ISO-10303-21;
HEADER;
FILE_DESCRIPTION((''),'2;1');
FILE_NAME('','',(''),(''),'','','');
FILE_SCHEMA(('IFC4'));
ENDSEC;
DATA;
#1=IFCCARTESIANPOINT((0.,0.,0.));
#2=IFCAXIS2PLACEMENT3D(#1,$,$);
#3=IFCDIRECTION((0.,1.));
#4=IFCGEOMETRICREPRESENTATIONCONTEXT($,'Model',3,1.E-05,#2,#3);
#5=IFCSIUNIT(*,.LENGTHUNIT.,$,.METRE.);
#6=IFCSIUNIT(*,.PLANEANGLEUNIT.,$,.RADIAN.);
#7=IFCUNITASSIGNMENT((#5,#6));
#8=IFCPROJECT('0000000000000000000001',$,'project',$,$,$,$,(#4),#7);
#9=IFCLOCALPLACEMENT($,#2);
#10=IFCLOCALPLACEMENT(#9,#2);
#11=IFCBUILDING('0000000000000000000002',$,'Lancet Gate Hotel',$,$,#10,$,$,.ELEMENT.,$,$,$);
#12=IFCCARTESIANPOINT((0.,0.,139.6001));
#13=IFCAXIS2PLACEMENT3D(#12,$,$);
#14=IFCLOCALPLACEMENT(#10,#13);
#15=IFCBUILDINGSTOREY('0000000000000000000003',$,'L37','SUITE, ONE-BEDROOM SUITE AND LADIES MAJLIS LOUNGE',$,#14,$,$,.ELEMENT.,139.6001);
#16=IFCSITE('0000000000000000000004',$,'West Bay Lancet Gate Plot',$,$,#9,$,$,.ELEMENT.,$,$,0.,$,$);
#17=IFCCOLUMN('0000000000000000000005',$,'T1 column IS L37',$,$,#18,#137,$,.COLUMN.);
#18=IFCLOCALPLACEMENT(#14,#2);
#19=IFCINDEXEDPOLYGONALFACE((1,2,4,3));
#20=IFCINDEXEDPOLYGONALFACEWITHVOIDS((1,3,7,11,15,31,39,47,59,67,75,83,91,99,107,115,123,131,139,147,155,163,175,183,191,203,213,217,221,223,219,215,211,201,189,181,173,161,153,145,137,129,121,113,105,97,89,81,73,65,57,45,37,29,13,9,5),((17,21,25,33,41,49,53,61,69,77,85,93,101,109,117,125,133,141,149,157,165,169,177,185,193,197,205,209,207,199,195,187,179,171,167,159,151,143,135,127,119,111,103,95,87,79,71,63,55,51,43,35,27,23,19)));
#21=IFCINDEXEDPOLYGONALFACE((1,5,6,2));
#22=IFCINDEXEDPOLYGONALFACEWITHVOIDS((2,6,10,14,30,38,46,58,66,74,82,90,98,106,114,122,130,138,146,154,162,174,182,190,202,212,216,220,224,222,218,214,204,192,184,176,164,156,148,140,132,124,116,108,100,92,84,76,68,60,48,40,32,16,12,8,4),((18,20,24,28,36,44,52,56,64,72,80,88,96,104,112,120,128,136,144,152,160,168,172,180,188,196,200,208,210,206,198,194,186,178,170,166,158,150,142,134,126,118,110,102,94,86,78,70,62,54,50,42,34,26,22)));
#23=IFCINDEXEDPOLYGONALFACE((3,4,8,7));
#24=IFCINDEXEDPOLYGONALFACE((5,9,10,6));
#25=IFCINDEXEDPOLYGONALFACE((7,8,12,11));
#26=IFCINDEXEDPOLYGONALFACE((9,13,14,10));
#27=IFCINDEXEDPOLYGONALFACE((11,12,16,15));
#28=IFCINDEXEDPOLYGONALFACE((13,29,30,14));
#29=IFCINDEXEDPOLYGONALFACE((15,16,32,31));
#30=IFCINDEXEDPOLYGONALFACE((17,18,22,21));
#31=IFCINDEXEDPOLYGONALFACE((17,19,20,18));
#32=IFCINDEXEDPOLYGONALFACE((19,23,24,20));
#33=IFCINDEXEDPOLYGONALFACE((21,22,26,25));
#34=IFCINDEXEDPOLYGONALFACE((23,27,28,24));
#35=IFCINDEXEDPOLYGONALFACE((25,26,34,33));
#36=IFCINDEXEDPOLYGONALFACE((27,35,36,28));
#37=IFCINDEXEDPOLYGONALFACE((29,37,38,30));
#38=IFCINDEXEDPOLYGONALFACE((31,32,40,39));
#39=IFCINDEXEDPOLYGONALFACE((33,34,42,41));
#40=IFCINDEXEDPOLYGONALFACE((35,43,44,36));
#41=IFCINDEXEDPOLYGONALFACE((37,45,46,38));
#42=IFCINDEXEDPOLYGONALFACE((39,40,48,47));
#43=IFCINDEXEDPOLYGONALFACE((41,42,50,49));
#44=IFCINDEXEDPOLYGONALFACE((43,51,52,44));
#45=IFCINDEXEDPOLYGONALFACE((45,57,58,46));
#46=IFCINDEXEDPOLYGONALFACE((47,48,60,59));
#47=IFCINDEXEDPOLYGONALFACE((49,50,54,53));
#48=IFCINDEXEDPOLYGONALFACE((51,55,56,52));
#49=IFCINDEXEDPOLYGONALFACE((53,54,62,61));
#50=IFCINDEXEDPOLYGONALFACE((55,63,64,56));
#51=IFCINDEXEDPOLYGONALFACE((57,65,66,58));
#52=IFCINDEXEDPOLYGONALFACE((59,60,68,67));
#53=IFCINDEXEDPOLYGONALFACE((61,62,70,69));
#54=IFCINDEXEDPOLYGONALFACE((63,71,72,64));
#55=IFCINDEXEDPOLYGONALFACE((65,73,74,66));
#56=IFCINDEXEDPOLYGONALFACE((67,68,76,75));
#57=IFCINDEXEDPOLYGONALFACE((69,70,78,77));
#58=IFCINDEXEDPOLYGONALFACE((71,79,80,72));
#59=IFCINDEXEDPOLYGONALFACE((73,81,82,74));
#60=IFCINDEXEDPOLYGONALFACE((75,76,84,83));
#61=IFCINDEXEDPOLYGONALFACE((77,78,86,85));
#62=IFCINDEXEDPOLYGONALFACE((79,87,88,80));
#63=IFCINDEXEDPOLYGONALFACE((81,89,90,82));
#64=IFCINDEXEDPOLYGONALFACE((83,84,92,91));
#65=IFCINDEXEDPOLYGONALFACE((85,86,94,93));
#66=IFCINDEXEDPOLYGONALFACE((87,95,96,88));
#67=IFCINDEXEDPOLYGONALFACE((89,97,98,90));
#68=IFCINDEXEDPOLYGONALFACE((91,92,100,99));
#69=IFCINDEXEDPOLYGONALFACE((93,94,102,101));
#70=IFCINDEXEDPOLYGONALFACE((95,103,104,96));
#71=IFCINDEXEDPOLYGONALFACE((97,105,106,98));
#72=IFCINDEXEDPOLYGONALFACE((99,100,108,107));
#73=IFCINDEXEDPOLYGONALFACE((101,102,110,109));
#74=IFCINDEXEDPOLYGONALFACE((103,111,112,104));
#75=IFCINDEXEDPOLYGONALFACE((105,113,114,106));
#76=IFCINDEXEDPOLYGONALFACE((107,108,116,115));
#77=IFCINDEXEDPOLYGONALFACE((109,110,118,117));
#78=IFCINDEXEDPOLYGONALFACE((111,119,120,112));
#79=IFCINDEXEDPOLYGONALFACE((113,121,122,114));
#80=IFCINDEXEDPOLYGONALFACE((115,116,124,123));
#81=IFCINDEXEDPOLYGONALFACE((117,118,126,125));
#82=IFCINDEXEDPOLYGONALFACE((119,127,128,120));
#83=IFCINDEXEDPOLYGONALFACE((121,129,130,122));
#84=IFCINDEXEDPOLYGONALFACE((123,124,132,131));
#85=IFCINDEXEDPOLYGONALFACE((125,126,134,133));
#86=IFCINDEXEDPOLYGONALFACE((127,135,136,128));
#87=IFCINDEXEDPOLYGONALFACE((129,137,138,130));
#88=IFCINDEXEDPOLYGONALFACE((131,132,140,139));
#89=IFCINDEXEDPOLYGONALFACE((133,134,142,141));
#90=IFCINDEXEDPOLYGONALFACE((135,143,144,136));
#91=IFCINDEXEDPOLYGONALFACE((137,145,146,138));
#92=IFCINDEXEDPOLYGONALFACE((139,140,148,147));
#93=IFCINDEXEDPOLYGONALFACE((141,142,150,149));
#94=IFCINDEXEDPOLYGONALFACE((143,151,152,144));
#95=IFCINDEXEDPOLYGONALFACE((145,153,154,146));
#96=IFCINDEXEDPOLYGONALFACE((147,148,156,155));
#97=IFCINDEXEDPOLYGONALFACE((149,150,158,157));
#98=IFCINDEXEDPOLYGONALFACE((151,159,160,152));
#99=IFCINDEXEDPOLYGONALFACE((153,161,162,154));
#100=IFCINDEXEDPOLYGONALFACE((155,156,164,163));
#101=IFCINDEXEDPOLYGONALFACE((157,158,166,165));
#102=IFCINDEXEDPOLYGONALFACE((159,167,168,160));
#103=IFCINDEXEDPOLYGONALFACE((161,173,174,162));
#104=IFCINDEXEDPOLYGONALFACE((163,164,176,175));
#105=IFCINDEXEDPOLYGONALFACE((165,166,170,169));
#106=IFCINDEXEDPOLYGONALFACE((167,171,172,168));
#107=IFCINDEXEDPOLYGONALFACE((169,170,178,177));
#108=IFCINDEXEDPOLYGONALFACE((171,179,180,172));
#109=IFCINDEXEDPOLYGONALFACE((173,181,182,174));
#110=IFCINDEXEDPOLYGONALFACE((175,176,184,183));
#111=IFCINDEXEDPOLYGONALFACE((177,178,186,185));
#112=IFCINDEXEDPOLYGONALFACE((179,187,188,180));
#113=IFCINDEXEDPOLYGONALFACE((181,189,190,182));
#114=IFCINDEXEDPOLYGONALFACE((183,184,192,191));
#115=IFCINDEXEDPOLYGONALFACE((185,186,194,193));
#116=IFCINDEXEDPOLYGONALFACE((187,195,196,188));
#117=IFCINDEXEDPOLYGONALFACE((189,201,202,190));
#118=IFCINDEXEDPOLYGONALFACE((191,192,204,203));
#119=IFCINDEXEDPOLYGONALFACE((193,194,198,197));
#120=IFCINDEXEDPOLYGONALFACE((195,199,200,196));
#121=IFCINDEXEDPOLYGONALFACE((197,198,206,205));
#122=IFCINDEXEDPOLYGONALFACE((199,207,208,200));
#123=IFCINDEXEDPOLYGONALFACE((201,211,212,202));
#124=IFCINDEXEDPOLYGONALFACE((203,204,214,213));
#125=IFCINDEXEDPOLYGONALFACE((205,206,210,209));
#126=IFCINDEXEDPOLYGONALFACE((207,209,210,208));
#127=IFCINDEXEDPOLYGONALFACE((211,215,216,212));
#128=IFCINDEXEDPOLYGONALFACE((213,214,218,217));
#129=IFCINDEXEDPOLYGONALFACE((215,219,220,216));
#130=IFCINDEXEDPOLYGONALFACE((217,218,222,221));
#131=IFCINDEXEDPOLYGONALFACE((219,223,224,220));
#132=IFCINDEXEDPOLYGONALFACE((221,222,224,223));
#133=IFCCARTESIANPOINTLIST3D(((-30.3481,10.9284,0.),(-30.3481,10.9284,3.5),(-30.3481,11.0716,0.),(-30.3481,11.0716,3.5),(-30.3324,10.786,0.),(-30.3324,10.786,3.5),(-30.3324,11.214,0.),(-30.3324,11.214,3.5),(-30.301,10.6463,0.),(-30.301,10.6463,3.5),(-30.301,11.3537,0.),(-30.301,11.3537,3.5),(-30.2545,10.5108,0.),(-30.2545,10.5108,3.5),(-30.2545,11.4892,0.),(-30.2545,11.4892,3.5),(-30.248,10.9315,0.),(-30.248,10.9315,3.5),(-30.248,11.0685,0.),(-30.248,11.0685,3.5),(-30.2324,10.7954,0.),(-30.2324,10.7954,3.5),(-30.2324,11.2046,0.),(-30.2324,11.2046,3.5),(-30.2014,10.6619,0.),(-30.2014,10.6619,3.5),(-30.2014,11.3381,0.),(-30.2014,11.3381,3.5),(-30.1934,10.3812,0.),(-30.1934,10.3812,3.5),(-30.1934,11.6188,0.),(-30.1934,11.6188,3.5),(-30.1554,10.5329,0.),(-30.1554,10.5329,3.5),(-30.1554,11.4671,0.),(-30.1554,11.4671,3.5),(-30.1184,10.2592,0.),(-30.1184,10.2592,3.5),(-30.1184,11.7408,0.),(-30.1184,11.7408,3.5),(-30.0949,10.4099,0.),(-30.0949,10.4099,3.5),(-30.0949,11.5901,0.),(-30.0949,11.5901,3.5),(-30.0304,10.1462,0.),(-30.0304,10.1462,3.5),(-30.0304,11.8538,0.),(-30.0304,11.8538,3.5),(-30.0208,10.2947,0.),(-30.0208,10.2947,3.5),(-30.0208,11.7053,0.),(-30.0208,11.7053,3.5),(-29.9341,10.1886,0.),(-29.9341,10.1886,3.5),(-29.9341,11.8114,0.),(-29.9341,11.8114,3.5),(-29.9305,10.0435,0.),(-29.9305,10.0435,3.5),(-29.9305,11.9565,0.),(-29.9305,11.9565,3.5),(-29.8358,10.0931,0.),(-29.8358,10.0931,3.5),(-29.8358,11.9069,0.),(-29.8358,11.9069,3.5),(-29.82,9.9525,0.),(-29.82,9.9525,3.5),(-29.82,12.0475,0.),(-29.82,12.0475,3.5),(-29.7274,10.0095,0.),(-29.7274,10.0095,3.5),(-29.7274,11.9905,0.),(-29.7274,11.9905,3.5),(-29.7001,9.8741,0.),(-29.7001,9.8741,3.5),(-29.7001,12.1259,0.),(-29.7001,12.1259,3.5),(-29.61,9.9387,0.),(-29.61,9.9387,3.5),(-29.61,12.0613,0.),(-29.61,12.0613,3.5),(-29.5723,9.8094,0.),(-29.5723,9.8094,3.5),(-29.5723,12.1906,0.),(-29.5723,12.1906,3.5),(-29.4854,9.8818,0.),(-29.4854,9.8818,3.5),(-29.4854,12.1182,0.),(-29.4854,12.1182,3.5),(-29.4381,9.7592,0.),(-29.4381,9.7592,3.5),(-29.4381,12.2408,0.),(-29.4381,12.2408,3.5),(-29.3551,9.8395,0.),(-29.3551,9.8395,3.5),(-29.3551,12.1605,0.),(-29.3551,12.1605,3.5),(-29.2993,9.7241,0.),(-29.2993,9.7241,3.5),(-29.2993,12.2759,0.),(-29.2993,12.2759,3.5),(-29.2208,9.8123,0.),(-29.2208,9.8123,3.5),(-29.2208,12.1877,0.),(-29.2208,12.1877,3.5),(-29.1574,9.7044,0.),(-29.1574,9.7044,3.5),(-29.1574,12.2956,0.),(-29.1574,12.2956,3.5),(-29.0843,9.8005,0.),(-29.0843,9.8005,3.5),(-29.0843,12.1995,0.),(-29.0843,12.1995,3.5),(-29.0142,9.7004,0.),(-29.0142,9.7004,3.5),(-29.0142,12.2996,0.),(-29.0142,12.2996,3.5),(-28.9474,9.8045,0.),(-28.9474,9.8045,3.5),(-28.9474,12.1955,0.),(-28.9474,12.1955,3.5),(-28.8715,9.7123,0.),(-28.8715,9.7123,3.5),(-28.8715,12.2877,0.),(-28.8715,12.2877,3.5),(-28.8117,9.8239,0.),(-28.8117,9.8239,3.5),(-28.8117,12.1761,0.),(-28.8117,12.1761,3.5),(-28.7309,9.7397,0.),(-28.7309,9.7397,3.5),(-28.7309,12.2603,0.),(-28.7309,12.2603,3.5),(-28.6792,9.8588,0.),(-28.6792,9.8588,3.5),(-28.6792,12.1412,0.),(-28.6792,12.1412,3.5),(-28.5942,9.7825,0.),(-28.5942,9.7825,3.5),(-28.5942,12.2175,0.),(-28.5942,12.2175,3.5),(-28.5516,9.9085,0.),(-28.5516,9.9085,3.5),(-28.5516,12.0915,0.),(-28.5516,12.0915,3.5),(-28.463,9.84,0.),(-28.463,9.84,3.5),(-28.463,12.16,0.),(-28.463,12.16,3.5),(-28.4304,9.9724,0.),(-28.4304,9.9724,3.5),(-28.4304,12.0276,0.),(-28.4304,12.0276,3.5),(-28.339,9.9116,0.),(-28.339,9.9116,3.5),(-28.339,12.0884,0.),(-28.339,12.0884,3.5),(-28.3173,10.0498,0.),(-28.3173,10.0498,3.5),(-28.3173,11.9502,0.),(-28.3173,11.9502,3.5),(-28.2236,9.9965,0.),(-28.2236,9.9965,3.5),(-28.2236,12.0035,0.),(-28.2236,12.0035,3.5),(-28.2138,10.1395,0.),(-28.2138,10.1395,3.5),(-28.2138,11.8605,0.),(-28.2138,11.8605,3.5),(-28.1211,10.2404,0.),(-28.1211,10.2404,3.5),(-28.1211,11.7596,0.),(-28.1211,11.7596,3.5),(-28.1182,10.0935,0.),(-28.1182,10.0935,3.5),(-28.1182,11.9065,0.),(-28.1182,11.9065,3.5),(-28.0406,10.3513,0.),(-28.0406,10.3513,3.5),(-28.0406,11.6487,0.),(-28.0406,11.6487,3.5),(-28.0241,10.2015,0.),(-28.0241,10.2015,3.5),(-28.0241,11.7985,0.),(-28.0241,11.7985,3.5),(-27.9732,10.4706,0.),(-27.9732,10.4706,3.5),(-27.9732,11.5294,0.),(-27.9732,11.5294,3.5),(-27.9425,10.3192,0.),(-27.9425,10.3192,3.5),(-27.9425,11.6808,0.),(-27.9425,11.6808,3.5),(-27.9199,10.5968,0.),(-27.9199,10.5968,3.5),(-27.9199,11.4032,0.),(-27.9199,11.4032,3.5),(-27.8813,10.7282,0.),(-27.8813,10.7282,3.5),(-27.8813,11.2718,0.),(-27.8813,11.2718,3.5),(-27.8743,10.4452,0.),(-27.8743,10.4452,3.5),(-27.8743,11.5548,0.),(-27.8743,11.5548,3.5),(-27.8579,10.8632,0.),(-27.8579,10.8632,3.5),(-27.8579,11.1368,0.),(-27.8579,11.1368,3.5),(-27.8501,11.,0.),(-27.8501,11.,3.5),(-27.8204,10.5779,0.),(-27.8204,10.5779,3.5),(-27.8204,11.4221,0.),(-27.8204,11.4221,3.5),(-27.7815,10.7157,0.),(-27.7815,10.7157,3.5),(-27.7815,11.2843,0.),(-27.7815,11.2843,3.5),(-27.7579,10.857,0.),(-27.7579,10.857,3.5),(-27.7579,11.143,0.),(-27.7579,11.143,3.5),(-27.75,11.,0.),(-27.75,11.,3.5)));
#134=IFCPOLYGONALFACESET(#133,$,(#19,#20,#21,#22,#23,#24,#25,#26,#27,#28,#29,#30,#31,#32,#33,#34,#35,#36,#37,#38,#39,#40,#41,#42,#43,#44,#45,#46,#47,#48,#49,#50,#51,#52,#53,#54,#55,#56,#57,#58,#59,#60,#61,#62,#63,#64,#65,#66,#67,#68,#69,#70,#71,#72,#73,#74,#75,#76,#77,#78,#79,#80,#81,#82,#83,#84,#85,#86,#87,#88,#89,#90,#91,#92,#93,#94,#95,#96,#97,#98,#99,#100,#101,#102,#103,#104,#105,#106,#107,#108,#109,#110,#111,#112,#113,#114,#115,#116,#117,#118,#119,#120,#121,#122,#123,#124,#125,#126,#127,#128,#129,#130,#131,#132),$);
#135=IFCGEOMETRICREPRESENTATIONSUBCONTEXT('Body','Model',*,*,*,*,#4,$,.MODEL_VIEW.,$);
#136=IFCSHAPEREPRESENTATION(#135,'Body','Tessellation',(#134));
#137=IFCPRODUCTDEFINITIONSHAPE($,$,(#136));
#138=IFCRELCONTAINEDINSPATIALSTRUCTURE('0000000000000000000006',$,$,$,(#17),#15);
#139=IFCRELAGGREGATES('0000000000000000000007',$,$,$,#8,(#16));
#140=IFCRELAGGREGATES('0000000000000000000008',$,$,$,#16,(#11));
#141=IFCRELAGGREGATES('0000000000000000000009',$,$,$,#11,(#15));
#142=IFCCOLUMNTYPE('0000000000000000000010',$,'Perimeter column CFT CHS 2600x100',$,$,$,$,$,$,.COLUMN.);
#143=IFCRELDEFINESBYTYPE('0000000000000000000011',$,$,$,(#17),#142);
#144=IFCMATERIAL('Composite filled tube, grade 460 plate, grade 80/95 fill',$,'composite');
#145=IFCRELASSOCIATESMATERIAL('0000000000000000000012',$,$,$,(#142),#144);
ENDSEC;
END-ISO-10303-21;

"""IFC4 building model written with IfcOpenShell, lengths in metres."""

from ifc_helpers import new_model, si_unit, direction, frame, origin, origin_2d, place, context, subcontext, project, spatial, hollow_circle, extrude, material, material_profile, profile_set, type_object, element, save


model = new_model("IFC4")

# Units and contexts
model_context = context("Model", 3, precision=1e-05, world=origin(), true_north=direction((0.0, 1.0)))
body_context = subcontext(model_context, "Body", "Model", "MODEL_VIEW")
ifc_project = project(units=[si_unit("LENGTHUNIT", "METRE"), si_unit("PLANEANGLEUNIT", "RADIAN")], contexts=[model_context])

# Site, building, storey
site_placement = place(None, origin())
site = spatial("IfcSite", under=ifc_project, at=site_placement, Name="West Bay Lancet Gate Plot", CompositionType="ELEMENT", RefElevation=0.0)
building_placement = place(site_placement, origin())
building = spatial("IfcBuilding", under=site, at=building_placement, Name="Lancet Gate Hotel", CompositionType="ELEMENT")
storey_placement = place(building_placement, frame((0.0, 0.0, 139.6001)))
storey = spatial("IfcBuildingStorey", under=building, at=storey_placement, Name="L37", Description="SUITE, ONE-BEDROOM SUITE AND LADIES MAJLIS LOUNGE", CompositionType="ELEMENT", Elevation=139.6001)

# Column
ifc_material_1 = material(Name="Composite filled tube, grade 460 plate, grade 80/95 fill", Category="composite")
ifc_material_profile_1 = material_profile(ifc_material_1, hollow_circle(Radius=1.3, WallThickness=0.1001, at=origin_2d()), Name="CHS 2600x100")
ifc_profile_set_1 = profile_set([ifc_material_profile_1], Name="Composite filled tube, grade 460 plate, grade 80/95 fill")
column_type = type_object("IfcColumnType", Name="Perimeter column CFT CHS 2600x100", PredefinedType="COLUMN", material=ifc_profile_set_1)
for number, where, z_axis, x_axis, name in (
    (1, (-29.05, 11.0, 0.0), (0.0, 0.0, 1.0), (1.0, 0.0, 0.0), "T1 column IS L37"),
):
    element("IfcColumn", number, at=place(storey_placement, frame(where, z_axis=z_axis, x_axis=x_axis)), inside=storey, type_object=column_type, Name=name, PredefinedType="COLUMN", context=body_context, shape_type="SweptSolid", body=[
        extrude(hollow_circle(Radius=1.3, WallThickness=0.1001, at=origin_2d()), origin(), (0.0, 0.0, 1.0), 3.5),
    ])

save(model, "model.ifc")
